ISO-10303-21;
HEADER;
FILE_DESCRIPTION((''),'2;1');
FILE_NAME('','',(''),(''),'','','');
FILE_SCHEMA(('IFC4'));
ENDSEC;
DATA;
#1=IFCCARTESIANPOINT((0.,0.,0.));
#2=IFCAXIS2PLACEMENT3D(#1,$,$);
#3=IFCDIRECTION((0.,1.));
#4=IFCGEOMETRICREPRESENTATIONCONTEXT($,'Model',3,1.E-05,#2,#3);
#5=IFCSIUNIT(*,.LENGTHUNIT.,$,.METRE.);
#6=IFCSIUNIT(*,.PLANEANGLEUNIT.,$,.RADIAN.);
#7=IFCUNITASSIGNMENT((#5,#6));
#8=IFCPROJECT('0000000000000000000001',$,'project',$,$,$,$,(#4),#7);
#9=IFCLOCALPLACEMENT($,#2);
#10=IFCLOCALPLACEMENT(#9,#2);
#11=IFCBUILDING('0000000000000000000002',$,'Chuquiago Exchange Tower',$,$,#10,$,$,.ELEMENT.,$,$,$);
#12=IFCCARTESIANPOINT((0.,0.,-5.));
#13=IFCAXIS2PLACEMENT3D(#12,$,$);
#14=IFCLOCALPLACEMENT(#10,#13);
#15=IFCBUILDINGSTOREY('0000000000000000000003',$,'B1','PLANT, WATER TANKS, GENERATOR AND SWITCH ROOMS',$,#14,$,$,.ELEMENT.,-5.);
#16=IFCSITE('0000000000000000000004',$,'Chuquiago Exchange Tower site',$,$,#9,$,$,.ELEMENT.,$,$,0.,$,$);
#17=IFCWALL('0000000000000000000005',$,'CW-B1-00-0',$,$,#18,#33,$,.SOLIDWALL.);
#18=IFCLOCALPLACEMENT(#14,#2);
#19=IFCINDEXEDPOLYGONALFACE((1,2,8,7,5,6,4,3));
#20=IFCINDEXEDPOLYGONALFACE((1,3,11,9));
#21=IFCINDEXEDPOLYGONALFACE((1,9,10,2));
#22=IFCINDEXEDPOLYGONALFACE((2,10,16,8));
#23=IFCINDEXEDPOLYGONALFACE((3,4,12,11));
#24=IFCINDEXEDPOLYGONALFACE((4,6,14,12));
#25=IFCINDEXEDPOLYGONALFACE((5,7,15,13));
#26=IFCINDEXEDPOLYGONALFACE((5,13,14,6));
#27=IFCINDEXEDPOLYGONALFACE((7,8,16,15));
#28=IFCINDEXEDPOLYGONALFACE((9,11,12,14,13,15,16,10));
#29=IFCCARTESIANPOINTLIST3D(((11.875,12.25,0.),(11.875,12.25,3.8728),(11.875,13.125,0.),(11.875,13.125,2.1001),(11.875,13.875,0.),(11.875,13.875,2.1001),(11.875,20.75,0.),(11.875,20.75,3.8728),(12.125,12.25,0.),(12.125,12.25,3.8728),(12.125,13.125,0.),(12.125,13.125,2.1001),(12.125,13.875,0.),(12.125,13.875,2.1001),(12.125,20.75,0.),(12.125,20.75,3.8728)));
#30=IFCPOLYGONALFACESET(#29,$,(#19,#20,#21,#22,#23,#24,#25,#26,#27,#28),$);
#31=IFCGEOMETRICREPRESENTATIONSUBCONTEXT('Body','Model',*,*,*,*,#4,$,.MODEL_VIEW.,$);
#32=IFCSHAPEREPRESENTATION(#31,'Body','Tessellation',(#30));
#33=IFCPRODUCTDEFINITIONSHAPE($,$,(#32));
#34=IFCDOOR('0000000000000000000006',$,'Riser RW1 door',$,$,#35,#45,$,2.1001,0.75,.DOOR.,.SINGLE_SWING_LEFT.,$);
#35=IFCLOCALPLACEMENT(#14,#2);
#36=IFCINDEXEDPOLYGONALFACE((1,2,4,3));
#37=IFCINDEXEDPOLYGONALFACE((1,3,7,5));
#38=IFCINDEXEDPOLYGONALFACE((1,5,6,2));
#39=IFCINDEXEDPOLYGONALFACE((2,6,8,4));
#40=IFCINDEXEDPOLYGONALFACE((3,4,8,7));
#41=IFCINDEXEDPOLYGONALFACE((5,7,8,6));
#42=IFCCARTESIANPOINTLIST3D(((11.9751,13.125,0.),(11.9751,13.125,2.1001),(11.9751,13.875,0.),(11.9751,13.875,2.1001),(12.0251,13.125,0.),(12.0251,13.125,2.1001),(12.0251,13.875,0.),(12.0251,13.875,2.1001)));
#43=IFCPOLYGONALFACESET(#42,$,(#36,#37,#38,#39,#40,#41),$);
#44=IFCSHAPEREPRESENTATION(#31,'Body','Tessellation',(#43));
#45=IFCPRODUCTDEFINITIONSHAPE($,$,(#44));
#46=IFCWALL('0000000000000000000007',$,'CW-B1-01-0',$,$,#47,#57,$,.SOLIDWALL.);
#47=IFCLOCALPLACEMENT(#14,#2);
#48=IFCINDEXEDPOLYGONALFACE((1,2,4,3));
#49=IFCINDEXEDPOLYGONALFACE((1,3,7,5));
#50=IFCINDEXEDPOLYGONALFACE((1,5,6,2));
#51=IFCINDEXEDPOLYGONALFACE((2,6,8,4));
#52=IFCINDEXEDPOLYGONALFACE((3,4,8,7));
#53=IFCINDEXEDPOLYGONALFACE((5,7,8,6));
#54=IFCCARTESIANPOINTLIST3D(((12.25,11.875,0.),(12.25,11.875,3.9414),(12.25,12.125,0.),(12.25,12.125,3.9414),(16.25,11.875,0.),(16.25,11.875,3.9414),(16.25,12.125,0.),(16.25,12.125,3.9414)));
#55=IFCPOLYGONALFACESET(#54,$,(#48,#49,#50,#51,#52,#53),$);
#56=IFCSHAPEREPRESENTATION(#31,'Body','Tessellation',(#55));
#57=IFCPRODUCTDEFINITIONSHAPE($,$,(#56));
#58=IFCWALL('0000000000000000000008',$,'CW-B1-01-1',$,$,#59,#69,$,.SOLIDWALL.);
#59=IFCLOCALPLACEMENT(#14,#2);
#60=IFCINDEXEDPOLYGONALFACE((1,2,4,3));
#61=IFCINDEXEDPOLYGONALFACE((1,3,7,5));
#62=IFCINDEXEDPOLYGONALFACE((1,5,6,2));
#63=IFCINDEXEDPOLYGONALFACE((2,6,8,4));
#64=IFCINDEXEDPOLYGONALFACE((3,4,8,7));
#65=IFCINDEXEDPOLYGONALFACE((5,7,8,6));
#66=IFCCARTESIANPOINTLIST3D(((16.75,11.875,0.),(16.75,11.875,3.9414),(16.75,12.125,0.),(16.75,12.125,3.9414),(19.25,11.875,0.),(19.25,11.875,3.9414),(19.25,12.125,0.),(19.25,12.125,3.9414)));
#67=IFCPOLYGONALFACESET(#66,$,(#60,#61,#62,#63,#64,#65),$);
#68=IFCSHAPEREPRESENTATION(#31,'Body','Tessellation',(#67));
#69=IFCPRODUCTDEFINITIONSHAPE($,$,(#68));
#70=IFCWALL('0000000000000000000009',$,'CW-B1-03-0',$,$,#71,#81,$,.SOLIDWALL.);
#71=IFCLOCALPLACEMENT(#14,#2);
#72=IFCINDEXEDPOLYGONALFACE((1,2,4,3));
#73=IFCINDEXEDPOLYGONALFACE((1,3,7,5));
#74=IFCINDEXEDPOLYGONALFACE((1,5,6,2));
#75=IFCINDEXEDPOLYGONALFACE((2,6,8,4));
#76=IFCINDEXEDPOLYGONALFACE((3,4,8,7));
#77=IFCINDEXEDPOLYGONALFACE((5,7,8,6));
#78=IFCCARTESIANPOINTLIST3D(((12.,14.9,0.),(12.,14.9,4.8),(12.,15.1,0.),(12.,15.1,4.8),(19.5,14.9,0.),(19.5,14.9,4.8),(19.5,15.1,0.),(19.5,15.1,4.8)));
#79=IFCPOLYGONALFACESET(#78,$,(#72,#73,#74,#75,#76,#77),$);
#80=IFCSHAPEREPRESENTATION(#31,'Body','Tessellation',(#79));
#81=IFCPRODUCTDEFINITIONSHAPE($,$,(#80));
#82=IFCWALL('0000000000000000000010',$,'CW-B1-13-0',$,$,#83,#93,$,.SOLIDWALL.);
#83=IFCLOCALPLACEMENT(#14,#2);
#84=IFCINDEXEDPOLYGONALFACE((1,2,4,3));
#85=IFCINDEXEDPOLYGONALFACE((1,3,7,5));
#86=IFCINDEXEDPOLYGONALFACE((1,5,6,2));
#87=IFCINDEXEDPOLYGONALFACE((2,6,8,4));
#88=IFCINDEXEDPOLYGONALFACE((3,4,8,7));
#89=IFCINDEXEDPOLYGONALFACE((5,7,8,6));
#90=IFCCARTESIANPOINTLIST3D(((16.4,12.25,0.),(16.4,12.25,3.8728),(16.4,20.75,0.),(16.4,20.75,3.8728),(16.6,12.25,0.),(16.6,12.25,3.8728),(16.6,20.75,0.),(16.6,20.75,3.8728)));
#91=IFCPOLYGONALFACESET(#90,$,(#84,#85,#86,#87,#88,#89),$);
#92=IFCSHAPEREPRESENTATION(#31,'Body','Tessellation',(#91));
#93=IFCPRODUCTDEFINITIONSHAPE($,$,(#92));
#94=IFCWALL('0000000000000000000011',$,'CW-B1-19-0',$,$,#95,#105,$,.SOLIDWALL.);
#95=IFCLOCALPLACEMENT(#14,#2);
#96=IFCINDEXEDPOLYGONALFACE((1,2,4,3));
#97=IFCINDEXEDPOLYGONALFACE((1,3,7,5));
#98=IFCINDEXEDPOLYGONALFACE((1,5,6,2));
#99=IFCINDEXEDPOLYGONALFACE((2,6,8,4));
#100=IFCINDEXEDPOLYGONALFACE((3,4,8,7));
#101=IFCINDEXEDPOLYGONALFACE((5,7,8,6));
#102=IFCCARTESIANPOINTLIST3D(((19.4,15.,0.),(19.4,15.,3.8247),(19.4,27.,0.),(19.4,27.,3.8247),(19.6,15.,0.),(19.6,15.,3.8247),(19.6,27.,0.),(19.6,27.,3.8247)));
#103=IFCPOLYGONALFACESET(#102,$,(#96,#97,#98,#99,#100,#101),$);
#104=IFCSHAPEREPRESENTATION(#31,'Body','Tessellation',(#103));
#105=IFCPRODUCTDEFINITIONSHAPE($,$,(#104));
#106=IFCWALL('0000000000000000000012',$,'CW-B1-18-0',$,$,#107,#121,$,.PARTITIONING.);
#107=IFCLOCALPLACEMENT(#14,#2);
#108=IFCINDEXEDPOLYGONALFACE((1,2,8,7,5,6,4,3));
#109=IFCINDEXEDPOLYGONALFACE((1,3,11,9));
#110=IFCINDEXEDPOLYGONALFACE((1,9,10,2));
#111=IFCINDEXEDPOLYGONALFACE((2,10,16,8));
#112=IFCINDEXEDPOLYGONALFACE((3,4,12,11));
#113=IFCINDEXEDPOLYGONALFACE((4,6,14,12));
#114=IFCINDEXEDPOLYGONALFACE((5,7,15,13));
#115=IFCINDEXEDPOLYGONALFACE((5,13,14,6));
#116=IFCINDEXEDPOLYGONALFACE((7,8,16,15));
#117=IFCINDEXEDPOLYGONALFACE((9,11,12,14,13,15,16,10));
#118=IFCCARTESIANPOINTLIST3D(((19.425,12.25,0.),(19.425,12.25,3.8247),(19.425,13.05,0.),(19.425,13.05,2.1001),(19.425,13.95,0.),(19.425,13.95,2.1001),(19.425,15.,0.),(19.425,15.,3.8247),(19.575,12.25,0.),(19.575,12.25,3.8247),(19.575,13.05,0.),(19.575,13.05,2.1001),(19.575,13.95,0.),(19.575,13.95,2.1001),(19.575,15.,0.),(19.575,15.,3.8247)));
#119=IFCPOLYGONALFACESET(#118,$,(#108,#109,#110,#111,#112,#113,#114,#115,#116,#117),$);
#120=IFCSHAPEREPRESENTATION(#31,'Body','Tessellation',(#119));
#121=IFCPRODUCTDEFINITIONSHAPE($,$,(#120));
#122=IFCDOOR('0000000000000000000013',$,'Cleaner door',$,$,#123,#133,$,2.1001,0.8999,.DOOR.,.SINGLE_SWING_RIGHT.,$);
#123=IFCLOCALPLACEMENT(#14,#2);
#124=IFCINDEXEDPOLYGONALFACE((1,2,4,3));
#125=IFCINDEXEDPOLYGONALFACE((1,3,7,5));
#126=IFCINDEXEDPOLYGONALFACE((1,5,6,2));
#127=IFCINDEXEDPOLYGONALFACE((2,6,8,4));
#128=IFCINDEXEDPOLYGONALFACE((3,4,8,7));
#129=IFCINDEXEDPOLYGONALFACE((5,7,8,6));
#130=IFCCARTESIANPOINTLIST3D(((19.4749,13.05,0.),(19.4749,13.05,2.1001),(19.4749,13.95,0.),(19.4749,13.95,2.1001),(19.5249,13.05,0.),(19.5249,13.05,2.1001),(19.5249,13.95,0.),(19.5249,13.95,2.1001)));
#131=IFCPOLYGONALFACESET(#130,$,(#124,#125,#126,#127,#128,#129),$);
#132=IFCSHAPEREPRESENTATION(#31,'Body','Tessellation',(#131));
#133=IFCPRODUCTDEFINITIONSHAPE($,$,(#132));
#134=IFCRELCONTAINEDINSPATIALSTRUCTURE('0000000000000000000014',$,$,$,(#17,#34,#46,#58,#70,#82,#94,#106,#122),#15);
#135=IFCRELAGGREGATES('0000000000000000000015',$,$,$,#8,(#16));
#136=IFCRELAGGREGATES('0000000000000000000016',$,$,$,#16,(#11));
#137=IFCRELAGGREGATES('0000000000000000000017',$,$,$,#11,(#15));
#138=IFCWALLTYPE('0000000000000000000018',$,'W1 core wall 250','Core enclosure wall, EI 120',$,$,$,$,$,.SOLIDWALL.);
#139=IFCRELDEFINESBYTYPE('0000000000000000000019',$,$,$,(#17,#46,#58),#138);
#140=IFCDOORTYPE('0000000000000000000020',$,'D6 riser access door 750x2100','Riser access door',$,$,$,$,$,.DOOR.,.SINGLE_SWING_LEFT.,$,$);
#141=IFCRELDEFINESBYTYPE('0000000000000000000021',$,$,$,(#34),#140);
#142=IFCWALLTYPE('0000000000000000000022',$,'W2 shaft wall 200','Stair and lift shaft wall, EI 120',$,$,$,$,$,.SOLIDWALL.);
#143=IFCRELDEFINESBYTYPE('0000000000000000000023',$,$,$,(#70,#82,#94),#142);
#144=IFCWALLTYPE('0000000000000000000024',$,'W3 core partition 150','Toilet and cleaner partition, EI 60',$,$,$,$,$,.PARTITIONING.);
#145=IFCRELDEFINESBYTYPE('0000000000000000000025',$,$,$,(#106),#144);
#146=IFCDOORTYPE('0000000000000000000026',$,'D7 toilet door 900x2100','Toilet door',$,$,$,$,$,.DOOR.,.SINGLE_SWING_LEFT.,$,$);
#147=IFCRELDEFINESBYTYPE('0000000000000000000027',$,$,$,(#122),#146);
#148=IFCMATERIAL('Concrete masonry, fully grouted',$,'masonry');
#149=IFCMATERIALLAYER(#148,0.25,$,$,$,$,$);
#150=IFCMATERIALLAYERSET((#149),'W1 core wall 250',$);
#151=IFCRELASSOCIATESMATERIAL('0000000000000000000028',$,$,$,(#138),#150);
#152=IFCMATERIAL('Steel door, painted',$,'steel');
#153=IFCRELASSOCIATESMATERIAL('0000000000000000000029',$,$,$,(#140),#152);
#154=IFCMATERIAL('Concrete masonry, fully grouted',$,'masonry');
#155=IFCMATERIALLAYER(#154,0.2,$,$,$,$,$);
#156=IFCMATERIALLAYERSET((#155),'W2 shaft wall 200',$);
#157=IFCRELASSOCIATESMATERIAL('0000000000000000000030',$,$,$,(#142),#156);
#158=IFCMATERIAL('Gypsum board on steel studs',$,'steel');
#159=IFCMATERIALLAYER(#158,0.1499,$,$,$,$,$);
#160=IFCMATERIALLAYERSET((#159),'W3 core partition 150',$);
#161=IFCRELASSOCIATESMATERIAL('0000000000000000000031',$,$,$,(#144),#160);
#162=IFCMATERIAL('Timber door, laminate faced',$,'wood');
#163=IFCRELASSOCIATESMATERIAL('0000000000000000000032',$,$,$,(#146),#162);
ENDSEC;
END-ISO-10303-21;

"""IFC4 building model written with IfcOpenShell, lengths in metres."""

from ifc_helpers import new_model, si_unit, direction, frame, frame_2d, origin, place, context, subcontext, project, spatial, rectangle, extrude, material, layer, layer_set, type_object, element, fill, save


model = new_model("IFC4")

# Units and contexts
model_context = context("Model", 3, precision=1e-05, world=origin(), true_north=direction((0.0, 1.0)))
body_context = subcontext(model_context, "Body", "Model", "MODEL_VIEW")
ifc_project = project(units=[si_unit("LENGTHUNIT", "METRE"), si_unit("PLANEANGLEUNIT", "RADIAN")], contexts=[model_context])

# Site, building, storey
site_placement = place(None, origin())
site = spatial("IfcSite", under=ifc_project, at=site_placement, Name="Chuquiago Exchange Tower site", CompositionType="ELEMENT", RefElevation=0.0)
building_placement = place(site_placement, origin())
building = spatial("IfcBuilding", under=site, at=building_placement, Name="Chuquiago Exchange Tower", CompositionType="ELEMENT")
storey_placement = place(building_placement, frame((0.0, 0.0, -5.0)))
storey = spatial("IfcBuildingStorey", under=building, at=storey_placement, Name="B1", Description="PLANT, WATER TANKS, GENERATOR AND SWITCH ROOMS", CompositionType="ELEMENT", Elevation=-5.0)

# Wall, opening, door
ifc_material_1 = material(Name="Concrete masonry, fully grouted", Category="masonry")
ifc_layer_1 = layer(ifc_material_1, 0.25)
ifc_layer_set_1 = layer_set([ifc_layer_1], Name="W1 core wall 250")
wall_type_1 = type_object("IfcWallType", Name="W1 core wall 250", Description="Core enclosure wall, EI 120", PredefinedType="SOLIDWALL", material=ifc_layer_set_1)
wall_1_placement = place(storey_placement, frame((12.0, 12.25, 0.0), z_axis=(0.0, 0.0, 1.0), x_axis=(0.0, 1.0, 0.0)))
wall_1 = element("IfcWall", 1, at=wall_1_placement, inside=storey, type_object=wall_type_1, Name="CW-B1-00-0", PredefinedType="SOLIDWALL", context=body_context, shape_type="SweptSolid", body=[
    extrude(rectangle(XDim=8.5, YDim=0.25, at=frame_2d((4.25, 0.0))), origin(), (0.0, 0.0, 1.0), 3.8728),
])
opening_1_placement = place(wall_1_placement, frame((0.875, 0.0, 0.0)))
opening_1 = element("IfcOpeningElement", 2, at=opening_1_placement, cuts=wall_1, PredefinedType="OPENING", context=body_context, shape_type="SweptSolid", body=[
    extrude(rectangle(XDim=0.75, YDim=2.1001, at=frame_2d((0.375, 1.05))), frame((0.0, 0.135, 0.0), z_axis=(0.0, -1.0, 0.0), x_axis=(1.0, 0.0, 0.0)), (0.0, 0.0, 1.0), 0.27),
])
ifc_material_2 = material(Name="Steel door, painted", Category="steel")
door_type_1 = type_object("IfcDoorType", Name="D6 riser access door 750x2100", Description="Riser access door", OperationType="SINGLE_SWING_LEFT", PredefinedType="DOOR", material=ifc_material_2)
door_1_placement = place(opening_1_placement, origin())
door_1 = element("IfcDoor", 3, at=door_1_placement, inside=storey, type_object=door_type_1, Name="Riser RW1 door", OperationType="SINGLE_SWING_LEFT", OverallHeight=2.1001, OverallWidth=0.75, PredefinedType="DOOR", context=body_context, shape_type="SweptSolid", body=[
    extrude(rectangle(XDim=0.75, YDim=2.1001, at=frame_2d((0.375, 1.05))), frame((0.0, 0.0249, 0.0), z_axis=(0.0, -1.0, 0.0), x_axis=(1.0, 0.0, 0.0)), (0.0, 0.0, 1.0), 0.05),
])
fill(opening_1, door_1)

# Walls
wall_2_placement = place(storey_placement, frame((12.25, 12.0, 0.0), z_axis=(0.0, 0.0, 1.0), x_axis=(1.0, 0.0, 0.0)))
element("IfcWall", 4, at=wall_2_placement, inside=storey, type_object=wall_type_1, Name="CW-B1-01-0", PredefinedType="SOLIDWALL", context=body_context, shape_type="SweptSolid", body=[
    extrude(rectangle(XDim=4.0, YDim=0.25, at=frame_2d((2.0, 0.0))), origin(), (0.0, 0.0, 1.0), 3.9414),
])
wall_3_placement = place(storey_placement, frame((16.75, 12.0, 0.0), z_axis=(0.0, 0.0, 1.0), x_axis=(1.0, 0.0, 0.0)))
element("IfcWall", 5, at=wall_3_placement, inside=storey, type_object=wall_type_1, Name="CW-B1-01-1", PredefinedType="SOLIDWALL", context=body_context, shape_type="SweptSolid", body=[
    extrude(rectangle(XDim=2.5, YDim=0.25, at=frame_2d((1.25, 0.0))), origin(), (0.0, 0.0, 1.0), 3.9414),
])
ifc_material_3 = material(Name="Concrete masonry, fully grouted", Category="masonry")
ifc_layer_2 = layer(ifc_material_3, 0.2)
ifc_layer_set_2 = layer_set([ifc_layer_2], Name="W2 shaft wall 200")
wall_type_2 = type_object("IfcWallType", Name="W2 shaft wall 200", Description="Stair and lift shaft wall, EI 120", PredefinedType="SOLIDWALL", material=ifc_layer_set_2)
wall_4_placement = place(storey_placement, frame((12.0, 15.0, 0.0), z_axis=(0.0, 0.0, 1.0), x_axis=(1.0, 0.0, 0.0)))
element("IfcWall", 6, at=wall_4_placement, inside=storey, type_object=wall_type_2, Name="CW-B1-03-0", PredefinedType="SOLIDWALL", context=body_context, shape_type="SweptSolid", body=[
    extrude(rectangle(XDim=7.5, YDim=0.2, at=frame_2d((3.75, 0.0))), origin(), (0.0, 0.0, 1.0), 4.8),
])
wall_5_placement = place(storey_placement, frame((16.5, 12.25, 0.0), z_axis=(0.0, 0.0, 1.0), x_axis=(0.0, 1.0, 0.0)))
element("IfcWall", 7, at=wall_5_placement, inside=storey, type_object=wall_type_2, Name="CW-B1-13-0", PredefinedType="SOLIDWALL", context=body_context, shape_type="SweptSolid", body=[
    extrude(rectangle(XDim=8.5, YDim=0.2, at=frame_2d((4.25, 0.0))), origin(), (0.0, 0.0, 1.0), 3.8728),
])
wall_6_placement = place(storey_placement, frame((19.5, 15.0, 0.0), z_axis=(0.0, 0.0, 1.0), x_axis=(0.0, 1.0, 0.0)))
element("IfcWall", 8, at=wall_6_placement, inside=storey, type_object=wall_type_2, Name="CW-B1-19-0", PredefinedType="SOLIDWALL", context=body_context, shape_type="SweptSolid", body=[
    extrude(rectangle(XDim=12.0, YDim=0.2, at=frame_2d((6.0, 0.0))), origin(), (0.0, 0.0, 1.0), 3.8247),
])

# Wall, opening, door
ifc_material_4 = material(Name="Gypsum board on steel studs", Category="steel")
ifc_layer_3 = layer(ifc_material_4, 0.1499)
ifc_layer_set_3 = layer_set([ifc_layer_3], Name="W3 core partition 150")
wall_type_3 = type_object("IfcWallType", Name="W3 core partition 150", Description="Toilet and cleaner partition, EI 60", PredefinedType="PARTITIONING", material=ifc_layer_set_3)
wall_7_placement = place(storey_placement, frame((19.5, 12.25, 0.0), z_axis=(0.0, 0.0, 1.0), x_axis=(0.0, 1.0, 0.0)))
wall_7 = element("IfcWall", 9, at=wall_7_placement, inside=storey, type_object=wall_type_3, Name="CW-B1-18-0", PredefinedType="PARTITIONING", context=body_context, shape_type="SweptSolid", body=[
    extrude(rectangle(XDim=2.75, YDim=0.1499, at=frame_2d((1.375, 0.0))), origin(), (0.0, 0.0, 1.0), 3.8247),
])
opening_2_placement = place(wall_7_placement, frame((0.8, 0.0, 0.0)))
opening_2 = element("IfcOpeningElement", 10, at=opening_2_placement, cuts=wall_7, PredefinedType="OPENING", context=body_context, shape_type="SweptSolid", body=[
    extrude(rectangle(XDim=0.8999, YDim=2.1001, at=frame_2d((0.45, 1.05))), frame((0.0, 0.085, 0.0), z_axis=(0.0, -1.0, 0.0), x_axis=(1.0, 0.0, 0.0)), (0.0, 0.0, 1.0), 0.1699),
])
ifc_material_5 = material(Name="Timber door, laminate faced", Category="wood")
door_type_2 = type_object("IfcDoorType", Name="D7 toilet door 900x2100", Description="Toilet door", OperationType="SINGLE_SWING_LEFT", PredefinedType="DOOR", material=ifc_material_5)
door_2_placement = place(opening_2_placement, frame((0.8999, 0.0, 0.0), z_axis=(0.0, 0.0, 1.0), x_axis=(-1.0, 0.0, 0.0)))
door_2 = element("IfcDoor", 11, at=door_2_placement, inside=storey, type_object=door_type_2, Name="Cleaner door", OperationType="SINGLE_SWING_RIGHT", OverallHeight=2.1001, OverallWidth=0.8999, PredefinedType="DOOR", context=body_context, shape_type="SweptSolid", body=[
    extrude(rectangle(XDim=0.8999, YDim=2.1001, at=frame_2d((0.45, 1.05))), frame((0.0, 0.0249, 0.0), z_axis=(0.0, -1.0, 0.0), x_axis=(1.0, 0.0, 0.0)), (0.0, 0.0, 1.0), 0.05),
])
fill(opening_2, door_2)

save(model, "model.ifc")
